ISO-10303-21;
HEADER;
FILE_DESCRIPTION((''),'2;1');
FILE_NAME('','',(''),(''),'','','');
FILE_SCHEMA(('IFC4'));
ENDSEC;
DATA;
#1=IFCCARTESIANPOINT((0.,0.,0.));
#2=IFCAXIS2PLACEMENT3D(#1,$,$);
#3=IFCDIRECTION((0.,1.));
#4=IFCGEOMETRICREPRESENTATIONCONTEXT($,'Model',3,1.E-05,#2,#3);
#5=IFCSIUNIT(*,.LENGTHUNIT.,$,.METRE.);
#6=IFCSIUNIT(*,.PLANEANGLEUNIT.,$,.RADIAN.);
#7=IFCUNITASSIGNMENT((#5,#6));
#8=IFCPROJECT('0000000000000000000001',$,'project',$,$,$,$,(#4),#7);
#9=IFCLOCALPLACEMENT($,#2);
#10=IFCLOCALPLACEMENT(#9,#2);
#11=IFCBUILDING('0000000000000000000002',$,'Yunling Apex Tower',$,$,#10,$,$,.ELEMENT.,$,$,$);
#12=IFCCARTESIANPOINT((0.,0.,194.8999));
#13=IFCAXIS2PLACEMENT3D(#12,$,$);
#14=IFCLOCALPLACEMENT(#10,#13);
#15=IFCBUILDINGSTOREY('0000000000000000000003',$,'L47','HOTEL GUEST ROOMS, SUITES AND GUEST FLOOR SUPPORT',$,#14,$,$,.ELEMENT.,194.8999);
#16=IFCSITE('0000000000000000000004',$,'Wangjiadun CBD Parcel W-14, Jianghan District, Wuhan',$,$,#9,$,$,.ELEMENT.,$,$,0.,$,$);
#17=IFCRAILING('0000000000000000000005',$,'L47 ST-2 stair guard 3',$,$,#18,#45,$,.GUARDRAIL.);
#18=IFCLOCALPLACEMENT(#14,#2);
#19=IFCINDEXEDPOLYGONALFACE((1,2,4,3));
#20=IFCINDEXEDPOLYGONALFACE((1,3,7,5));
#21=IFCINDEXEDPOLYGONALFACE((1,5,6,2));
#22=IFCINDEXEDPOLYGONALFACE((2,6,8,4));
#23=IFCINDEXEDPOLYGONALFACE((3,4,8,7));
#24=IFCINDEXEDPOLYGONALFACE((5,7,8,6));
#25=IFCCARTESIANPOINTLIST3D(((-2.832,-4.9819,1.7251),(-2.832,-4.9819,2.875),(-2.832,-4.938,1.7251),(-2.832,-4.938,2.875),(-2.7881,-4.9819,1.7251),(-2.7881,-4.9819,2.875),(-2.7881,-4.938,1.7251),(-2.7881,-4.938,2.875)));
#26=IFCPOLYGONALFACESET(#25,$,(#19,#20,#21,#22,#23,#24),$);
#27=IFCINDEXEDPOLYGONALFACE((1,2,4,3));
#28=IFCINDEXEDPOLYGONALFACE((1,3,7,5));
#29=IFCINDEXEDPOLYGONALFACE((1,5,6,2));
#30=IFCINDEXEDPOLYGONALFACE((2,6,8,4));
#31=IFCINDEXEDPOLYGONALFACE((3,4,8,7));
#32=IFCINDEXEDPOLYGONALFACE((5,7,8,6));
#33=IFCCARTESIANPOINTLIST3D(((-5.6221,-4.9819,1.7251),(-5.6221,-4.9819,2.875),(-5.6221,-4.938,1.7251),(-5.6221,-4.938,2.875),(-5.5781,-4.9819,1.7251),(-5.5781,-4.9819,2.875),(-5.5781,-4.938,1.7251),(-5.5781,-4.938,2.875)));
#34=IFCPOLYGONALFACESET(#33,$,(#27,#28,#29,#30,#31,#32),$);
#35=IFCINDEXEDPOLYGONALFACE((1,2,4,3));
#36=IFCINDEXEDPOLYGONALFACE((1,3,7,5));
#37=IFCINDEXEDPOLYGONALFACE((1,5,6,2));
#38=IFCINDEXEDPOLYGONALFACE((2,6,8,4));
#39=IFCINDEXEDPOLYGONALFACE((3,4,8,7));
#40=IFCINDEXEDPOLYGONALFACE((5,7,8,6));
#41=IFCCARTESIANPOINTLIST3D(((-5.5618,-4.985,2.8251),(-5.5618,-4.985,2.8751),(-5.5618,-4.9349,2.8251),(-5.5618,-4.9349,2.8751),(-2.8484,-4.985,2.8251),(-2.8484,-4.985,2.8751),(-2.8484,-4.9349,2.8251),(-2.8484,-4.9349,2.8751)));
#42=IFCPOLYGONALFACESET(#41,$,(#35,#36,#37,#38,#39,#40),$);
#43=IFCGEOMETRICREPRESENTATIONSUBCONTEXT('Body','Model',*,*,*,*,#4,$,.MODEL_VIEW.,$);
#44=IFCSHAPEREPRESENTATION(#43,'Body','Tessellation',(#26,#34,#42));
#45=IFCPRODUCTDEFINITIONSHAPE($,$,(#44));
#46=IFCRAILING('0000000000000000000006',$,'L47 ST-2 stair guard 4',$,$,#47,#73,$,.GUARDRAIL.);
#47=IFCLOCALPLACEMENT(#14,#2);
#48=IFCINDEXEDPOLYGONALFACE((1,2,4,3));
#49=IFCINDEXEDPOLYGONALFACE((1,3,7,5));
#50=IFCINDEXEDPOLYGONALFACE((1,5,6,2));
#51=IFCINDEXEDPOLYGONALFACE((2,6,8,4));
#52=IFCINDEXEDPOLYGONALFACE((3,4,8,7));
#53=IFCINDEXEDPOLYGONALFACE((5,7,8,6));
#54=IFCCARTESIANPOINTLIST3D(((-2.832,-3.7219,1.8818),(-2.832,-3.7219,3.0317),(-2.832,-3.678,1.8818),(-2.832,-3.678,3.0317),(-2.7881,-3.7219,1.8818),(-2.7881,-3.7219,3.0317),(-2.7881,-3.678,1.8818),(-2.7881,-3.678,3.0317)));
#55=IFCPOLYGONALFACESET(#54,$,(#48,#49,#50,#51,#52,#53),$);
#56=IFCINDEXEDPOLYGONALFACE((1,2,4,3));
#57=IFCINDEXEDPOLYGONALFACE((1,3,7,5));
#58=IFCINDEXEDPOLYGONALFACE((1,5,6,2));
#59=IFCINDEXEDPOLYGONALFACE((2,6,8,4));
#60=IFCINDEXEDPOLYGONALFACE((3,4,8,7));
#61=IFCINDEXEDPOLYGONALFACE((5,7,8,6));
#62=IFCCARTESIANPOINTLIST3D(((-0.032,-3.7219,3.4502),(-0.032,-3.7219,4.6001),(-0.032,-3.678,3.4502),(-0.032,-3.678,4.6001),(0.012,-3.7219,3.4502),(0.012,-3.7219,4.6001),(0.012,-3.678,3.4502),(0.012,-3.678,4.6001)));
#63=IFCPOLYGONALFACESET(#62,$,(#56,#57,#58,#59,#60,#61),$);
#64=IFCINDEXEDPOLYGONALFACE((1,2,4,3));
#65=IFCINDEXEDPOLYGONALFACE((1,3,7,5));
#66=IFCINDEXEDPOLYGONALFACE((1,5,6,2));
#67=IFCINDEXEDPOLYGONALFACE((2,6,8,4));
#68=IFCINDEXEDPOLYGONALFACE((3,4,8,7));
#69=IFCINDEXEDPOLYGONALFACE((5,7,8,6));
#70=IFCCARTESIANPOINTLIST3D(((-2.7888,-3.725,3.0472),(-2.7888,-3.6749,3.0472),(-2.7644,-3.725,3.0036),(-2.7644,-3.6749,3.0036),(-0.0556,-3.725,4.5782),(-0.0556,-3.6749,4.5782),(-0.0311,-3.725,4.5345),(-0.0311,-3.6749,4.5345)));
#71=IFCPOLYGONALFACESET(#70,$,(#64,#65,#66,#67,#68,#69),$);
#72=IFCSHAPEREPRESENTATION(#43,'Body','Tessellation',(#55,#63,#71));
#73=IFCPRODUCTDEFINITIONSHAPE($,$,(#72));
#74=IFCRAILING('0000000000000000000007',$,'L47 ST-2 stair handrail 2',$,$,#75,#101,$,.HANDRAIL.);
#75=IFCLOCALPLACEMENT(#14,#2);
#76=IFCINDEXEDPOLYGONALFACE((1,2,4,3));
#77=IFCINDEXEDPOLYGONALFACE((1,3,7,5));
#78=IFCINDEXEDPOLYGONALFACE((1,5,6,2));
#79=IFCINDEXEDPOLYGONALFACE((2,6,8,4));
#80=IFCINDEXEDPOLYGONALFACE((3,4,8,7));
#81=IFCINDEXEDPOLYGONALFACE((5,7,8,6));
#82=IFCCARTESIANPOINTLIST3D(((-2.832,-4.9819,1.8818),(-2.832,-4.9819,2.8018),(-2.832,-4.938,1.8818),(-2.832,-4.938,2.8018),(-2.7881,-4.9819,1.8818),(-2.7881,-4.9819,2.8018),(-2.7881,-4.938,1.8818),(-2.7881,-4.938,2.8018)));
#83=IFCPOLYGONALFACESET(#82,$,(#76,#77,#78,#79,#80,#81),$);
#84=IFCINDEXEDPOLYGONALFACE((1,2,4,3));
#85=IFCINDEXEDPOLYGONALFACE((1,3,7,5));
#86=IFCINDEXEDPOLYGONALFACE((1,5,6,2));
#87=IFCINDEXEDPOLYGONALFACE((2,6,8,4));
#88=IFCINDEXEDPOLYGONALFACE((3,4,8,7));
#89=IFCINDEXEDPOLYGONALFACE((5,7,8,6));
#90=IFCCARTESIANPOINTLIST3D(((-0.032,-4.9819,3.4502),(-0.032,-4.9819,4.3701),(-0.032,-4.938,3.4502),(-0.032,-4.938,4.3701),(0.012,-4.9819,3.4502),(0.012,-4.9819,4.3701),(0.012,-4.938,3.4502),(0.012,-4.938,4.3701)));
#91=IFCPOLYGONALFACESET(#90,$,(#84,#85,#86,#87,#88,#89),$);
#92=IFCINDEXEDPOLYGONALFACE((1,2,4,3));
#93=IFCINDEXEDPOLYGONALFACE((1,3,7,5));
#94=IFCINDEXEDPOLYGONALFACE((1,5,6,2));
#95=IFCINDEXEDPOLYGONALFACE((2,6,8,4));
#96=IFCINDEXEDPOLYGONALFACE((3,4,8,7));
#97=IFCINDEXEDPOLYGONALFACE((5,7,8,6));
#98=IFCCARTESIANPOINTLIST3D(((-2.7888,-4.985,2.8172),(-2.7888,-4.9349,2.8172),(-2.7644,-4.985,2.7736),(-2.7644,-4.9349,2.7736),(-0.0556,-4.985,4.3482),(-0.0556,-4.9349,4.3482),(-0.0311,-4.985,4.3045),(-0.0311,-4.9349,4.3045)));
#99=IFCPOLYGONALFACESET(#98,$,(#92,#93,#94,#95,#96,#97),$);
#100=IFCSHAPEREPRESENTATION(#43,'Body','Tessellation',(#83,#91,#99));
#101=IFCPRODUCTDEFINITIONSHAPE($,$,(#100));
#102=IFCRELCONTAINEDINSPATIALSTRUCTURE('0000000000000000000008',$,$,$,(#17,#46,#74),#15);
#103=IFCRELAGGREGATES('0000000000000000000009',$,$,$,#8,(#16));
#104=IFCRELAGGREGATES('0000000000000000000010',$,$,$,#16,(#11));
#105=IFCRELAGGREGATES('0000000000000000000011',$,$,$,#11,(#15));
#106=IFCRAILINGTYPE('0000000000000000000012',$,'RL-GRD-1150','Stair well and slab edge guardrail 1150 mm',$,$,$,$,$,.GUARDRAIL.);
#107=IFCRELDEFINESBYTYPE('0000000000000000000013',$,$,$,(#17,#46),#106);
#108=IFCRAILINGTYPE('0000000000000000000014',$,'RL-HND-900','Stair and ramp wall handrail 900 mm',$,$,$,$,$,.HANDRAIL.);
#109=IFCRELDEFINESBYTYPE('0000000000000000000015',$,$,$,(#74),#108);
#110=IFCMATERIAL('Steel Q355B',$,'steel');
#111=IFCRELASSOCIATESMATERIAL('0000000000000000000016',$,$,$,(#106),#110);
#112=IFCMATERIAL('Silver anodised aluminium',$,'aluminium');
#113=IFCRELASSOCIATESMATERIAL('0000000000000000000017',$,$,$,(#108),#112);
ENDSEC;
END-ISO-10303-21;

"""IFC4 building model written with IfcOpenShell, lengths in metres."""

from ifc_helpers import new_model, si_unit, direction, frame, origin, origin_2d, place, context, subcontext, project, spatial, rectangle, extrude, material, type_object, element, save


model = new_model("IFC4")

# Units and contexts
model_context = context("Model", 3, precision=1e-05, world=origin(), true_north=direction((0.0, 1.0)))
body_context = subcontext(model_context, "Body", "Model", "MODEL_VIEW")
ifc_project = project(units=[si_unit("LENGTHUNIT", "METRE"), si_unit("PLANEANGLEUNIT", "RADIAN")], contexts=[model_context])

# Site, building, storey
site_placement = place(None, origin())
site = spatial("IfcSite", under=ifc_project, at=site_placement, Name="Wangjiadun CBD Parcel W-14, Jianghan District, Wuhan", CompositionType="ELEMENT", RefElevation=0.0)
building_placement = place(site_placement, origin())
building = spatial("IfcBuilding", under=site, at=building_placement, Name="Yunling Apex Tower", CompositionType="ELEMENT")
storey_placement = place(building_placement, frame((0.0, 0.0, 194.8999)))
storey = spatial("IfcBuildingStorey", under=building, at=storey_placement, Name="L47", Description="HOTEL GUEST ROOMS, SUITES AND GUEST FLOOR SUPPORT", CompositionType="ELEMENT", Elevation=194.8999)

# Shared definitions
ifc_material_1 = material(Name="Steel Q355B", Category="steel")

# Shared definitions
ifc_material_2 = material(Name="Silver anodised aluminium", Category="aluminium")

# Railings
railing_type_1 = type_object("IfcRailingType", Name="RL-GRD-1150", Description="Stair well and slab edge guardrail 1150 mm", PredefinedType="GUARDRAIL", material=ifc_material_1)
railing_1_placement = place(storey_placement, frame((-2.8101, -4.96, 1.7251)))
element("IfcRailing", 1, at=railing_1_placement, inside=storey, type_object=railing_type_1, Name="L47 ST-2 stair guard 3", PredefinedType="GUARDRAIL", context=body_context, shape_type="SweptSolid", body=[
    extrude(rectangle(XDim=0.0439, YDim=0.0439, at=origin_2d()), origin(), (0.0, 0.0, 1.0), 1.1499),
    extrude(rectangle(XDim=0.0439, YDim=0.0439, at=origin_2d()), frame((-2.79, 0.0, 0.0)), (0.0, 0.0, 1.0), 1.1499),
    extrude(rectangle(XDim=0.05, YDim=0.05, at=origin_2d()), frame((-0.0383, 0.0, 1.125), z_axis=(-1.0, 0.0, 0.0), x_axis=(0.0, -1.0, 0.0)), (0.0, 0.0, 1.0), 2.7134),
])
railing_2_placement = place(storey_placement, frame((-2.8101, -3.7, 1.8818)))
element("IfcRailing", 2, at=railing_2_placement, inside=storey, type_object=railing_type_1, Name="L47 ST-2 stair guard 4", PredefinedType="GUARDRAIL", context=body_context, shape_type="SweptSolid", body=[
    extrude(rectangle(XDim=0.0439, YDim=0.0439, at=origin_2d()), origin(), (0.0, 0.0, 1.0), 1.1499),
    extrude(rectangle(XDim=0.0439, YDim=0.0439, at=origin_2d()), frame((2.8, 0.0, 1.5684)), (0.0, 0.0, 1.0), 1.1499),
    extrude(rectangle(XDim=0.05, YDim=0.05, at=origin_2d()), frame((0.0334, 0.0, 1.1436), z_axis=(0.872462, 0.0, 0.488682), x_axis=(0.0, 1.0, 0.0)), (0.0, 0.0, 1.0), 3.1328),
])
railing_type_2 = type_object("IfcRailingType", Name="RL-HND-900", Description="Stair and ramp wall handrail 900 mm", PredefinedType="HANDRAIL", material=ifc_material_2)
railing_3_placement = place(storey_placement, frame((-2.8101, -4.96, 1.8818)))
element("IfcRailing", 3, at=railing_3_placement, inside=storey, type_object=railing_type_2, Name="L47 ST-2 stair handrail 2", PredefinedType="HANDRAIL", context=body_context, shape_type="SweptSolid", body=[
    extrude(rectangle(XDim=0.0439, YDim=0.0439, at=origin_2d()), origin(), (0.0, 0.0, 1.0), 0.9199),
    extrude(rectangle(XDim=0.0439, YDim=0.0439, at=origin_2d()), frame((2.8, 0.0, 1.5684)), (0.0, 0.0, 1.0), 0.9199),
    extrude(rectangle(XDim=0.05, YDim=0.05, at=origin_2d()), frame((0.0334, 0.0, 0.9136), z_axis=(0.872462, 0.0, 0.488682), x_axis=(0.0, 1.0, 0.0)), (0.0, 0.0, 1.0), 3.1328),
])

save(model, "model.ifc")
